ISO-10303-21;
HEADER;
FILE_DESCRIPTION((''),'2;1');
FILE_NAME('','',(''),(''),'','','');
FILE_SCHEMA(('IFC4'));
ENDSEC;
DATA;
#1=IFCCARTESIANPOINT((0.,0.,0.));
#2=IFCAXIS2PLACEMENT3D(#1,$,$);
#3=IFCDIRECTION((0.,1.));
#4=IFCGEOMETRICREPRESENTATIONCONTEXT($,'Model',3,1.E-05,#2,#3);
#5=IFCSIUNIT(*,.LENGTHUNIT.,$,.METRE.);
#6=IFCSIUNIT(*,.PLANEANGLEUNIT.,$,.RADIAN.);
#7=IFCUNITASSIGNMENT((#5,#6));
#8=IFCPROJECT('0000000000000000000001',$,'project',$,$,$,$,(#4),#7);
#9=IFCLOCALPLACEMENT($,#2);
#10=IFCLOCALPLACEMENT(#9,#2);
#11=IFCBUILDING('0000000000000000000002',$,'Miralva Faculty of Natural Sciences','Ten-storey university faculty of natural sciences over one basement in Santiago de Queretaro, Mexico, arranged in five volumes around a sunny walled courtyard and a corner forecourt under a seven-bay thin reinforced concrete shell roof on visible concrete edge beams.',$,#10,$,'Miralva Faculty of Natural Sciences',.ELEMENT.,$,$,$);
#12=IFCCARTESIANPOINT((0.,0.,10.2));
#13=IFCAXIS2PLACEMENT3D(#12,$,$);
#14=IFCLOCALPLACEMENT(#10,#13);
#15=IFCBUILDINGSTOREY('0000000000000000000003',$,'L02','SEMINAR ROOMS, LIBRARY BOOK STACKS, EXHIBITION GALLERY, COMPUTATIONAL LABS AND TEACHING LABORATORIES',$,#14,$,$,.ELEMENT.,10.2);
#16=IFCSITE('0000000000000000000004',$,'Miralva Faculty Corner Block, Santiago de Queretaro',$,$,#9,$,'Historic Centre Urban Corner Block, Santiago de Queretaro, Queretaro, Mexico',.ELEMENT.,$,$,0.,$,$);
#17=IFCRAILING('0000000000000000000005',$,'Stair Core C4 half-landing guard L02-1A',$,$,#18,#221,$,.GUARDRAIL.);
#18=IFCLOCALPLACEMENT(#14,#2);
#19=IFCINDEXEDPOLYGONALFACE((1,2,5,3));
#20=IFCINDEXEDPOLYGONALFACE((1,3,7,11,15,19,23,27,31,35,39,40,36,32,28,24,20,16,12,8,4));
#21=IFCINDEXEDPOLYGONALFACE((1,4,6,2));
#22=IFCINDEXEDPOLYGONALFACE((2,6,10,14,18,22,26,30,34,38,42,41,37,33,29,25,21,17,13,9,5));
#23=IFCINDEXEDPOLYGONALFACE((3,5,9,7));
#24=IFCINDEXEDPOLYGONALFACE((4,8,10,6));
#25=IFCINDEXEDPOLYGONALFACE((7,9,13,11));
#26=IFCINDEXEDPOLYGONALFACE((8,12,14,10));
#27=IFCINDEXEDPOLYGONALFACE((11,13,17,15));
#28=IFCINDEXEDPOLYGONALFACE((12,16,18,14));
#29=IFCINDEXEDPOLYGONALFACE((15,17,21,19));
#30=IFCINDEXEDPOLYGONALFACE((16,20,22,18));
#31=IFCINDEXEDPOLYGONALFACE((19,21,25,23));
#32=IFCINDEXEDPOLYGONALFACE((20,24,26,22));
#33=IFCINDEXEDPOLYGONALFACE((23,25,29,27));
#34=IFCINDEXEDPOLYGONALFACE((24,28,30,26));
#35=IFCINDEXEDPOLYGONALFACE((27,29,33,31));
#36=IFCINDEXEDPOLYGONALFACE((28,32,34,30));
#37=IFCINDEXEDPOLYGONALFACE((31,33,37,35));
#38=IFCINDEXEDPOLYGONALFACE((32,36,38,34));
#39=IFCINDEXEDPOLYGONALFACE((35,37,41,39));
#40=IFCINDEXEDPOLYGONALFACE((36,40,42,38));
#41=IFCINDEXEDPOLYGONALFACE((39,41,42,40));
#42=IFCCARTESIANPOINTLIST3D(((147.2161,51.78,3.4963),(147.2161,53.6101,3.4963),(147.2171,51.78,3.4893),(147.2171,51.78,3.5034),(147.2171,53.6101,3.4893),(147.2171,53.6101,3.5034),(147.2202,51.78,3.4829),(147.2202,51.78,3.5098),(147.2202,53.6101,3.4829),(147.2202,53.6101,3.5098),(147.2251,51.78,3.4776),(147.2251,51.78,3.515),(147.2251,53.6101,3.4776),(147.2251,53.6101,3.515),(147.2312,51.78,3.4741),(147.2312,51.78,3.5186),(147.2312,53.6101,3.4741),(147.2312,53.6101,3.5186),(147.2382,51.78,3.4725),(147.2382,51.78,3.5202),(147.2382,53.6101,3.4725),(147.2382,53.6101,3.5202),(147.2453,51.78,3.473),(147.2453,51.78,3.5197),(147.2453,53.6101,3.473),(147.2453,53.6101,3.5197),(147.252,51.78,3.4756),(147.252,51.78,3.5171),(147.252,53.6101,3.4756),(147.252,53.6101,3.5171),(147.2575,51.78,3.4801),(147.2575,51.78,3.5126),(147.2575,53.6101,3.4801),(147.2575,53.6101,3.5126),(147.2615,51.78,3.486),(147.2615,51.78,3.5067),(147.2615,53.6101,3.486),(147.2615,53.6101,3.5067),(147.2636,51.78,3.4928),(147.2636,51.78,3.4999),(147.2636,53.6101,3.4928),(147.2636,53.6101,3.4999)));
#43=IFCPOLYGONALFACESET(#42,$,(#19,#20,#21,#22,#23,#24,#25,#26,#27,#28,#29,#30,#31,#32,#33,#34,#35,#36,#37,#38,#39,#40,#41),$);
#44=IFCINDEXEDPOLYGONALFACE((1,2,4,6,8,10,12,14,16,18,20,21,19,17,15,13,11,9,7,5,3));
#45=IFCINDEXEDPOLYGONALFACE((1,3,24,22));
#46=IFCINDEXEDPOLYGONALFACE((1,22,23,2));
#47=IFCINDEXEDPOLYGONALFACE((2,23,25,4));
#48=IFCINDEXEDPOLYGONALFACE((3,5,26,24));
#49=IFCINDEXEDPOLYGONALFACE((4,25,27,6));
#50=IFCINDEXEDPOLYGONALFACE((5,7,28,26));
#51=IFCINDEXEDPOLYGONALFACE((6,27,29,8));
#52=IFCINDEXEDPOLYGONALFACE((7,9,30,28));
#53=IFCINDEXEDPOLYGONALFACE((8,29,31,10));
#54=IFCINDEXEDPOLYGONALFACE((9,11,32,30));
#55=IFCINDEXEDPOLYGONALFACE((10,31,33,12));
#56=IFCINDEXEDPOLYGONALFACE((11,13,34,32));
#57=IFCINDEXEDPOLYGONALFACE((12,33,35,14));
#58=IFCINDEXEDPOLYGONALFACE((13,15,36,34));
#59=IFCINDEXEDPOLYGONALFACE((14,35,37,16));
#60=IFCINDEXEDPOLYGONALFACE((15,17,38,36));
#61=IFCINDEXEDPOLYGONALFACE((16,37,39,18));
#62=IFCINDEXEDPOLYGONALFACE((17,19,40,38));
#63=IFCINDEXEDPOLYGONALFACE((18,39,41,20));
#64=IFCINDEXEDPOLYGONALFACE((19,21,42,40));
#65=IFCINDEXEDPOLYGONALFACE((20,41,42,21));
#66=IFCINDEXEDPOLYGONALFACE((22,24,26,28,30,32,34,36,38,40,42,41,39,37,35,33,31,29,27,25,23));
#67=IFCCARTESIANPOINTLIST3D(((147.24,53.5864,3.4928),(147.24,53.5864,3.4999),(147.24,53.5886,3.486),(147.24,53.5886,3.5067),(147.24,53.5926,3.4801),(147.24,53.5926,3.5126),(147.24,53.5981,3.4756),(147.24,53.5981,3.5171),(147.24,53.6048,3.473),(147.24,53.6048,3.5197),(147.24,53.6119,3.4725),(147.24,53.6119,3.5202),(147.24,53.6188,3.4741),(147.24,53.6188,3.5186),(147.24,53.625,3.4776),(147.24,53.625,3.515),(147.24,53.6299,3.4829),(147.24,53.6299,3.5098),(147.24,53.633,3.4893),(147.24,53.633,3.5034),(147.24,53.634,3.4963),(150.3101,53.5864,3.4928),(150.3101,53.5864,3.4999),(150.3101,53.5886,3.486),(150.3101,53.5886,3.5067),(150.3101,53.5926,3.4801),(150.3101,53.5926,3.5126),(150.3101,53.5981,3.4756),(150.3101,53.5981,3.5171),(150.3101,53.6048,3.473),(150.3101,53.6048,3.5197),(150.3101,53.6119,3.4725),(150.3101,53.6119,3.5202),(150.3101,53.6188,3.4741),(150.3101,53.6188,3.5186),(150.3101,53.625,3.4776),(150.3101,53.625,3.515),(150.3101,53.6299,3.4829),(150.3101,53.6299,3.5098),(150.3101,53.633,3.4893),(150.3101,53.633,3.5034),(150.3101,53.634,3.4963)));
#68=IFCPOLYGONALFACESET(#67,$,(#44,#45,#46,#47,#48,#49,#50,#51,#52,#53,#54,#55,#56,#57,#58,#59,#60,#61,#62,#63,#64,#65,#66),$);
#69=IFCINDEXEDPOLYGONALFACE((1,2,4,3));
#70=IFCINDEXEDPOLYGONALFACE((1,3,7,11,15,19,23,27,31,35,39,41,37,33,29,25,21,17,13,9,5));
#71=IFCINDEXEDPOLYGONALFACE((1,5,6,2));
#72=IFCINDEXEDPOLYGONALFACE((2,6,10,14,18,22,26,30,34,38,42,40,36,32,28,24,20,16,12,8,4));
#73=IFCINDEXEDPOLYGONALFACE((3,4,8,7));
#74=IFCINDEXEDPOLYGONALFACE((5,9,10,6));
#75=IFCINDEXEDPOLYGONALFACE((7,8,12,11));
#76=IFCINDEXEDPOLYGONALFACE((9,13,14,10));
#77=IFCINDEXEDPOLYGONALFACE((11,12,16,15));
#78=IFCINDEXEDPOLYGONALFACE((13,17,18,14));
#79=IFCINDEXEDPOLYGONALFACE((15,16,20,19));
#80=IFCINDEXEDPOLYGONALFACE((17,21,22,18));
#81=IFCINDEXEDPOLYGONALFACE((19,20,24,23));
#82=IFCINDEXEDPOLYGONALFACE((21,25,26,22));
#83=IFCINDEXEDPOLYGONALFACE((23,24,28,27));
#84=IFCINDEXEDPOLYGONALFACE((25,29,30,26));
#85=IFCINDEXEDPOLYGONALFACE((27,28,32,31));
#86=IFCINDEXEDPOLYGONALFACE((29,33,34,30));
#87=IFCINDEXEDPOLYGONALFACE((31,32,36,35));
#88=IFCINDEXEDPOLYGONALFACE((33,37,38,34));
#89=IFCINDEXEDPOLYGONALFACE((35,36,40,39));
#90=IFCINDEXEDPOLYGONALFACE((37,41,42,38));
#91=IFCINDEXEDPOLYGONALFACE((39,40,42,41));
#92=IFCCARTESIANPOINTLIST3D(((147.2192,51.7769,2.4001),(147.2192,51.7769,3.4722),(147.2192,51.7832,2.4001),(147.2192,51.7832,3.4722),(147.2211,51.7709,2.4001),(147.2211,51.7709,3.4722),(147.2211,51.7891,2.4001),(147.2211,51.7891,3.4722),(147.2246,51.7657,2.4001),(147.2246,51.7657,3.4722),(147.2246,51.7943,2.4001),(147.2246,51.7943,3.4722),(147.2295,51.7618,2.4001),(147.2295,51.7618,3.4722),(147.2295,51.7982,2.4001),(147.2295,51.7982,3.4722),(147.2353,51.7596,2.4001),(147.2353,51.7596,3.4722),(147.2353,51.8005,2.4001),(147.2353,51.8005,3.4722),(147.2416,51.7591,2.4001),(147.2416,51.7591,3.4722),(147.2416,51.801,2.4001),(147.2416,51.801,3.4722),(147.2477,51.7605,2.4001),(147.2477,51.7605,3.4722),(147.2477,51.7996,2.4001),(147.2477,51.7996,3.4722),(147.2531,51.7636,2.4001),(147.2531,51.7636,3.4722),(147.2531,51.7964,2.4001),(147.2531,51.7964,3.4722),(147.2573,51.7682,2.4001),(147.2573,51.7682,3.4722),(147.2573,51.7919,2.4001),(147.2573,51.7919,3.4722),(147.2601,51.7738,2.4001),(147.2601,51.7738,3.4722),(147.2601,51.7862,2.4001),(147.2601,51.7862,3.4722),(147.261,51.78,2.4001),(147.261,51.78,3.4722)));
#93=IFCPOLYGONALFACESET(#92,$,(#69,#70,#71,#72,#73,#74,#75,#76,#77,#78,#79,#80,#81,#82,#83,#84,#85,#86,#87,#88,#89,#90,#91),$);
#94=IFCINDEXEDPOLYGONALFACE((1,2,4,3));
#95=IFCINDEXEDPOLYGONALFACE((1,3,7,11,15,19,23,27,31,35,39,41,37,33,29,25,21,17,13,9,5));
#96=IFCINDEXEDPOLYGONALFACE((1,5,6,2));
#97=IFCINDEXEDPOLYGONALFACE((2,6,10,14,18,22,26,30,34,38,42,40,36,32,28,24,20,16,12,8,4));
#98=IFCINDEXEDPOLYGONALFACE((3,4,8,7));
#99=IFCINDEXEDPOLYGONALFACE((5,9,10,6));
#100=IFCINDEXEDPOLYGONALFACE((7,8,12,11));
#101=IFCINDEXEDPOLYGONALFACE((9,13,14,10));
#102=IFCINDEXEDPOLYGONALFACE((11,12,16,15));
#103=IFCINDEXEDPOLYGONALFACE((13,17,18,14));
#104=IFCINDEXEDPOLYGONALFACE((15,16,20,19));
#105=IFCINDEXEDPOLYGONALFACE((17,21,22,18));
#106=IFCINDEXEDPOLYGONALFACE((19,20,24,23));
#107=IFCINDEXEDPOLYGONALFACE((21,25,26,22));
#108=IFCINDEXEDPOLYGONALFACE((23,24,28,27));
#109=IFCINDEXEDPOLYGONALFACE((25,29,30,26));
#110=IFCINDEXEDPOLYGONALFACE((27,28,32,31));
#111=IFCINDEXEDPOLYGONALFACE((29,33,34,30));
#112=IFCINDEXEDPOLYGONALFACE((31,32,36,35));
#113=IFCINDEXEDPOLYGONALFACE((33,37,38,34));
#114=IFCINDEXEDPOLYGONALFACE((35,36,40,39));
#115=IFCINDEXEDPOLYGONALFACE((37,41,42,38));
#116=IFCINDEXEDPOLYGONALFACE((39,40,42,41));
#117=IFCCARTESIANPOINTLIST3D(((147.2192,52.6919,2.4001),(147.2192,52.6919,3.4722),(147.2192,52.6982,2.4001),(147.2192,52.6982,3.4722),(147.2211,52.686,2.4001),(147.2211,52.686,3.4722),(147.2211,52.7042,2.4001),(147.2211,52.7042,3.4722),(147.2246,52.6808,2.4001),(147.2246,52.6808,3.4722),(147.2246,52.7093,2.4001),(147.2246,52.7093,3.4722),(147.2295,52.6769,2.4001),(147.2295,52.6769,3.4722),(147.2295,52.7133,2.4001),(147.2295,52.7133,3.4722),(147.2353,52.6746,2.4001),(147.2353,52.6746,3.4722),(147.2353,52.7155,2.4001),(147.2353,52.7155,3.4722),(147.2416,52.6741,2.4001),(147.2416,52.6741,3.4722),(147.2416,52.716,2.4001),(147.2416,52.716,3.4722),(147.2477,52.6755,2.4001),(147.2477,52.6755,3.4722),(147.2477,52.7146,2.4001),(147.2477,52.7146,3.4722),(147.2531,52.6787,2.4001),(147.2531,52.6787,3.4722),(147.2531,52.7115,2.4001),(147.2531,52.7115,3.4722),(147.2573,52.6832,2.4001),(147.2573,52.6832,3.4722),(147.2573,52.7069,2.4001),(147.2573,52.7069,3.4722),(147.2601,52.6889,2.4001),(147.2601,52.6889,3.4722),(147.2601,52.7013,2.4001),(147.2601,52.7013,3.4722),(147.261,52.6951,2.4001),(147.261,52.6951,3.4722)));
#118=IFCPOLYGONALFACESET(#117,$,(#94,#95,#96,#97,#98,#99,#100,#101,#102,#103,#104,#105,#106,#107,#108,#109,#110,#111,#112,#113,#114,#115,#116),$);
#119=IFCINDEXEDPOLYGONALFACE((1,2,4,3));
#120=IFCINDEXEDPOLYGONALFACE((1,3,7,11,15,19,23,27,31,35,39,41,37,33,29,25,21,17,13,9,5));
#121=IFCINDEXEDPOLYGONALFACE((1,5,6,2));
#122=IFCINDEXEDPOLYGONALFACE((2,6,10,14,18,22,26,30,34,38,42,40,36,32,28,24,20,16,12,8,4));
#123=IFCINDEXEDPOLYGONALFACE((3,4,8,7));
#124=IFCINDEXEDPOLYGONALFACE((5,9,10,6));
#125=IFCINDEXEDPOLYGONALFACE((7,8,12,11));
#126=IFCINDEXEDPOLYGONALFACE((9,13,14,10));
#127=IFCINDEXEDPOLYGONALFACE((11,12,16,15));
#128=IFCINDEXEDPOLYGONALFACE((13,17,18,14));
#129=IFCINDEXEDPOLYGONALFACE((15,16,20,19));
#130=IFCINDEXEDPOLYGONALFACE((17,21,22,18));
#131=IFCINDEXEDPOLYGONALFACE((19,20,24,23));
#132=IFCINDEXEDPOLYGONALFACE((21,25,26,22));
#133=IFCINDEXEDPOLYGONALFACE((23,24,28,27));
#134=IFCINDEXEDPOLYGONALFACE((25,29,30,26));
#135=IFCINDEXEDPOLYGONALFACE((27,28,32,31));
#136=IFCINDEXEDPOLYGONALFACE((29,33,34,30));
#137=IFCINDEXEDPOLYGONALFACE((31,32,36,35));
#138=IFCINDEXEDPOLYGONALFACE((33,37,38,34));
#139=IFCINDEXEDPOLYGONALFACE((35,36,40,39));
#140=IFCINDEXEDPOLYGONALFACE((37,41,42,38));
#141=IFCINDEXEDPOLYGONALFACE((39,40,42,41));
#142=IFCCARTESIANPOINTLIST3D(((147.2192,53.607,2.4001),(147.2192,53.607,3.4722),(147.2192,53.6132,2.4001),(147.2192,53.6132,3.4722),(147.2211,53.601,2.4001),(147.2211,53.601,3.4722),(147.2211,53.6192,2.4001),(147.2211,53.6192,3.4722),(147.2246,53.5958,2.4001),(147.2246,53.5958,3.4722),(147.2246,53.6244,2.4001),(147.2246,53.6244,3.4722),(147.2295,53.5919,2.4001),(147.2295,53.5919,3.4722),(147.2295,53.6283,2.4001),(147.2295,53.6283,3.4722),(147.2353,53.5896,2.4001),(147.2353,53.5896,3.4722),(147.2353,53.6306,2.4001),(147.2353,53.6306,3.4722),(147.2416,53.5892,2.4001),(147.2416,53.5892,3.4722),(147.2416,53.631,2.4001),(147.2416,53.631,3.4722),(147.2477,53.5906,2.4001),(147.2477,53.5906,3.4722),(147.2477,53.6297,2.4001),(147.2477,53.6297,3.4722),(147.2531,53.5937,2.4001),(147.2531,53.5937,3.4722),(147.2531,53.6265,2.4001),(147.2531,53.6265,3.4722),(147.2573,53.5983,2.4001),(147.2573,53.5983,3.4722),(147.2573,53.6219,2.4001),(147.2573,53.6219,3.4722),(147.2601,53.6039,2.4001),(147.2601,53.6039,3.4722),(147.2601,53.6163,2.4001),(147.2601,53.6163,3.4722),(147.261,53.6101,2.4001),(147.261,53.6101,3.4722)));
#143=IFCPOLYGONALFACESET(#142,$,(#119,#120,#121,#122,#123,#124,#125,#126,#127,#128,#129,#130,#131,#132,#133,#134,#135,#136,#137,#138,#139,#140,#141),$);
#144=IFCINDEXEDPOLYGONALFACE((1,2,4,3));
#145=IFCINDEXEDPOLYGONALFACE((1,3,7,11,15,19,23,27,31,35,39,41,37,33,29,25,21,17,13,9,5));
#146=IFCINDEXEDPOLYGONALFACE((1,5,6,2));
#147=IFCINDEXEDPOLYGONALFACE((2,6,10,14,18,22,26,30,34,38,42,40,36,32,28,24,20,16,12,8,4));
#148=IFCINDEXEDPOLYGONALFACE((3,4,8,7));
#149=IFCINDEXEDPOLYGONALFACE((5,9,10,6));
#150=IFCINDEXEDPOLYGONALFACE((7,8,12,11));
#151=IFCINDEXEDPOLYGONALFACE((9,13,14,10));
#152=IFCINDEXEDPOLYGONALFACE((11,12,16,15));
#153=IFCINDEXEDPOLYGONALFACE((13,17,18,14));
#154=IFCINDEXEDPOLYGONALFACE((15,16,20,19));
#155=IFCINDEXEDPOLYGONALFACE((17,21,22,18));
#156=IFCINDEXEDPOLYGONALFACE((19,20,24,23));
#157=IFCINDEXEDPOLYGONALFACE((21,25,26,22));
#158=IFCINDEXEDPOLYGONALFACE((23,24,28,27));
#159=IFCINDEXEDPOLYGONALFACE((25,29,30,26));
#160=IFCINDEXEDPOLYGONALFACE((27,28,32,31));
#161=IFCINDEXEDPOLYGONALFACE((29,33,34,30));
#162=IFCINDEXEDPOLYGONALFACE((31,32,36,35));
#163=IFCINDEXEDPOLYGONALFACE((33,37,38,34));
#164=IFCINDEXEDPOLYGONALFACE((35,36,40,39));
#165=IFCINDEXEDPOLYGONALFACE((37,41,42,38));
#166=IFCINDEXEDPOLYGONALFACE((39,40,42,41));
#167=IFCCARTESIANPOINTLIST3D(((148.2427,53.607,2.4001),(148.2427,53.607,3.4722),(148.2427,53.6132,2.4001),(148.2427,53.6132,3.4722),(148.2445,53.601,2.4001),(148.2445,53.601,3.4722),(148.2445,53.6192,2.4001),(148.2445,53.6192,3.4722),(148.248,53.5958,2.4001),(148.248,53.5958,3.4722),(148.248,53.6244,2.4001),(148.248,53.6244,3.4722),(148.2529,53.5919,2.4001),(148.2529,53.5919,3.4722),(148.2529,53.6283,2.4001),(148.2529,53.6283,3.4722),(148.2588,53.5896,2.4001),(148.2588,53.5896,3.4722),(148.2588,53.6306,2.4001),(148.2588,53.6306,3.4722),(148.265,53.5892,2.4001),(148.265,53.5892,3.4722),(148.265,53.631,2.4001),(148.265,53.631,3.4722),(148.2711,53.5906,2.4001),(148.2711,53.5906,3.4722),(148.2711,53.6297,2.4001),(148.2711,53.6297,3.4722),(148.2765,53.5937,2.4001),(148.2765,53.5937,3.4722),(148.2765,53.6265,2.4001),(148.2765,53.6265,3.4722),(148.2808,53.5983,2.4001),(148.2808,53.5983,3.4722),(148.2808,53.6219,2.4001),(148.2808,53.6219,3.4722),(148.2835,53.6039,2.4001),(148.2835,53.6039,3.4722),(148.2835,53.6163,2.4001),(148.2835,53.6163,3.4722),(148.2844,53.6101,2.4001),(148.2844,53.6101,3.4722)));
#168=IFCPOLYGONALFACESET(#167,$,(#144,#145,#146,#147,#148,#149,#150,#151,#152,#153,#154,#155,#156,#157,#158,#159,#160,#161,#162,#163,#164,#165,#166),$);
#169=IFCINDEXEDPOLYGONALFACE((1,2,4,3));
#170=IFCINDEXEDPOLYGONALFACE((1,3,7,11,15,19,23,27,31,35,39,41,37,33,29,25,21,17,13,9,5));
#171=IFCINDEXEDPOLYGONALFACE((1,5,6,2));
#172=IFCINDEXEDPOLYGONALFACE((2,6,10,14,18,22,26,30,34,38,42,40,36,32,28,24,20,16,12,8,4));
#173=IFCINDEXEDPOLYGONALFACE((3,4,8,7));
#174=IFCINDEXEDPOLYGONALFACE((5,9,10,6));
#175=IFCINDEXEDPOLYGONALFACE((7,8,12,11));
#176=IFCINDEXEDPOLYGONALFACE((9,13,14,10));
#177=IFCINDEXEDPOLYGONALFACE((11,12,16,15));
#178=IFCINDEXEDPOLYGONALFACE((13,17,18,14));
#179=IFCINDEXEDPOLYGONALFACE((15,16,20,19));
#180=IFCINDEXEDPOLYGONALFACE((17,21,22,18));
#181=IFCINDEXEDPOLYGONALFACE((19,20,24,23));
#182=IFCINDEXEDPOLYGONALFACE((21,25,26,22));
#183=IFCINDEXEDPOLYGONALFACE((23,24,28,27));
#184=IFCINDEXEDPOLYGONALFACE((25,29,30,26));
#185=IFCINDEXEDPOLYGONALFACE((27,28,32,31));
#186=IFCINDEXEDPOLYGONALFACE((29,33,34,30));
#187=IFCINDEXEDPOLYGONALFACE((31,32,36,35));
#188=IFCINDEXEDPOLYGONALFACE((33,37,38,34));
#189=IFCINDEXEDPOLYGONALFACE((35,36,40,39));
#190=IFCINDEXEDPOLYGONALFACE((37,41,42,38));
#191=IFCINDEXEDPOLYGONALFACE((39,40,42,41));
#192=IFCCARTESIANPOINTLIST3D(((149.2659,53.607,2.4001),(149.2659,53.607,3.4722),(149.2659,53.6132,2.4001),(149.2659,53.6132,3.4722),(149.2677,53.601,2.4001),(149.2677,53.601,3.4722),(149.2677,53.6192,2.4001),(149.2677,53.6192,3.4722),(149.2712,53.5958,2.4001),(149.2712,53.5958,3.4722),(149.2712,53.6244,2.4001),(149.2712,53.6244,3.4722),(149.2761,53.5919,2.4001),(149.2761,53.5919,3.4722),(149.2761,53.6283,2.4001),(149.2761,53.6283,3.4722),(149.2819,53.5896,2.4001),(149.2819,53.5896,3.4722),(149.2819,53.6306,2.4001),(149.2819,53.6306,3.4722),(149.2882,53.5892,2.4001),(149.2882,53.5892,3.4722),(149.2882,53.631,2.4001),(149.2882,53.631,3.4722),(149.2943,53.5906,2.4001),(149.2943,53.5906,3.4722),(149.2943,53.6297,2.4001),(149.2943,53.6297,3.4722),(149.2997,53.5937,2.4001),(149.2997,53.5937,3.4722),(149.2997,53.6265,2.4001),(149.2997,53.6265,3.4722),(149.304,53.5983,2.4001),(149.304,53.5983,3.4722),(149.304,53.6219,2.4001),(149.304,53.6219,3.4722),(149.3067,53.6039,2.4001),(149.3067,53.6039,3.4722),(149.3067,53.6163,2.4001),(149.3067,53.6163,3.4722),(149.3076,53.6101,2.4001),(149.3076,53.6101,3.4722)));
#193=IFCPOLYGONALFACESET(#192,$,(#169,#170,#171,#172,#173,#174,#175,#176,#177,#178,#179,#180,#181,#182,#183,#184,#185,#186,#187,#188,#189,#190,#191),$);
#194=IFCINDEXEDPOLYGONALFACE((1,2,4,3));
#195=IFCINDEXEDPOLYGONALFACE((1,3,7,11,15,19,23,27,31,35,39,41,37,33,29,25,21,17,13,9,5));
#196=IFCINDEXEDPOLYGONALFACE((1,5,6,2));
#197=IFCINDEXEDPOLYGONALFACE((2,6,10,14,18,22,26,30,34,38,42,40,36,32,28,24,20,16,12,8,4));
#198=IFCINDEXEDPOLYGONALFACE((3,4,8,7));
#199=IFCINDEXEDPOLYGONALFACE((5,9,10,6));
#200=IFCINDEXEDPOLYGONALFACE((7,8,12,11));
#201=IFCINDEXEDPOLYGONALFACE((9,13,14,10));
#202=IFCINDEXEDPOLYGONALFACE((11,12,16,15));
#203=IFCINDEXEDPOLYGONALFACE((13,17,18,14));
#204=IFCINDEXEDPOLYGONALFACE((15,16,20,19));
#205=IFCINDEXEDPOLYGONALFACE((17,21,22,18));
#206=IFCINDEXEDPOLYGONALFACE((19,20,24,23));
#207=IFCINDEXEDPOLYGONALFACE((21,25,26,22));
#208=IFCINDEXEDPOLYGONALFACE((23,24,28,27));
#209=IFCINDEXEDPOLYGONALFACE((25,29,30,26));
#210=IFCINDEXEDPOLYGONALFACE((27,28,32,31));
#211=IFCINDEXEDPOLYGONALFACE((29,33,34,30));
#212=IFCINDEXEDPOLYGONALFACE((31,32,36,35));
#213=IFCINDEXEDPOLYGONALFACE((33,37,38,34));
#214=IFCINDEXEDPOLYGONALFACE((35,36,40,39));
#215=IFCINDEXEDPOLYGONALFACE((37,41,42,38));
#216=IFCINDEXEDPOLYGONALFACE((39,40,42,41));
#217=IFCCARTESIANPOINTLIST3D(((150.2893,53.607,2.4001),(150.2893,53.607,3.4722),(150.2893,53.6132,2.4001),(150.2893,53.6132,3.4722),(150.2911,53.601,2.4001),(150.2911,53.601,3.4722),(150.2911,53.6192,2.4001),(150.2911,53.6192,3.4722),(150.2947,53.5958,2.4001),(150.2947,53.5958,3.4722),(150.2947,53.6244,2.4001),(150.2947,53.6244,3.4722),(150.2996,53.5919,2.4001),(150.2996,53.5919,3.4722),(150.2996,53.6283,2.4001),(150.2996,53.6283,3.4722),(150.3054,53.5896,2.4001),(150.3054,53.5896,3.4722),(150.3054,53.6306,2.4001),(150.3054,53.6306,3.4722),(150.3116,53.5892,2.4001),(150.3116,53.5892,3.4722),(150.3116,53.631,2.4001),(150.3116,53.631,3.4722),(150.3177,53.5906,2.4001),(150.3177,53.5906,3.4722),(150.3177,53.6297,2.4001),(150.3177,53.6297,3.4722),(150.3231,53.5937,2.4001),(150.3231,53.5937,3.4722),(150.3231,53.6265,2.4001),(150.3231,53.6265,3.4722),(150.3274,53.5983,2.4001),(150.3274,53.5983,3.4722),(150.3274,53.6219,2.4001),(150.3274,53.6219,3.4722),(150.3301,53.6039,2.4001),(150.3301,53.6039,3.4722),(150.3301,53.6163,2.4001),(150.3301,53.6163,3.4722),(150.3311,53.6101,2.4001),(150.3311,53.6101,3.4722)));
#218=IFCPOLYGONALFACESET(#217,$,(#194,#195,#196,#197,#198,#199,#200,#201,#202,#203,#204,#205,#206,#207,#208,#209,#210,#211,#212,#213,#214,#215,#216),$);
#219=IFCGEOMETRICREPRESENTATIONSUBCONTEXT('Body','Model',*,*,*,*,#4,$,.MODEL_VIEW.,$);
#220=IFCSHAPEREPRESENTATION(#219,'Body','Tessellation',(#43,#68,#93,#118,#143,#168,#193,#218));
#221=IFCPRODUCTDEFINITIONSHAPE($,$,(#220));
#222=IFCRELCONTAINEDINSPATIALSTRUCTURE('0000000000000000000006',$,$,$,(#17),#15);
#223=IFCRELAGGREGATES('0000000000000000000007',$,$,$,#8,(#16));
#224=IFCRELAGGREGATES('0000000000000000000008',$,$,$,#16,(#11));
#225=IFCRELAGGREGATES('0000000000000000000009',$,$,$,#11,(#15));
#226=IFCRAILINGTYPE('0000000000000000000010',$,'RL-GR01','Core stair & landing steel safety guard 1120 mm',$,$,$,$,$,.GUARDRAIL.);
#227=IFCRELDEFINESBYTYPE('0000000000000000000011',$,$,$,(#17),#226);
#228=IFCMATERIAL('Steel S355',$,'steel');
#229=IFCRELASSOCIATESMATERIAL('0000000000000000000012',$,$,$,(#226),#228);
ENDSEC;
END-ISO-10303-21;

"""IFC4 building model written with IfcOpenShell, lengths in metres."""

from ifc_helpers import new_model, si_unit, direction, frame, origin, origin_2d, place, context, subcontext, project, spatial, circle, extrude, material, type_object, element, save


model = new_model("IFC4")

# Units and contexts
model_context = context("Model", 3, precision=1e-05, world=origin(), true_north=direction((0.0, 1.0)))
body_context = subcontext(model_context, "Body", "Model", "MODEL_VIEW")
ifc_project = project(units=[si_unit("LENGTHUNIT", "METRE"), si_unit("PLANEANGLEUNIT", "RADIAN")], contexts=[model_context])

# Site, building, storey
site_placement = place(None, origin())
site = spatial("IfcSite", under=ifc_project, at=site_placement, Name="Miralva Faculty Corner Block, Santiago de Queretaro", LongName="Historic Centre Urban Corner Block, Santiago de Queretaro, Queretaro, Mexico", CompositionType="ELEMENT", RefElevation=0.0)
building_placement = place(site_placement, origin())
building = spatial("IfcBuilding", under=site, at=building_placement, Name="Miralva Faculty of Natural Sciences", Description="Ten-storey university faculty of natural sciences over one basement in Santiago de Queretaro, Mexico, arranged in five volumes around a sunny walled courtyard and a corner forecourt under a seven-bay thin reinforced concrete shell roof on visible concrete edge beams.", LongName="Miralva Faculty of Natural Sciences", CompositionType="ELEMENT")
storey_placement = place(building_placement, frame((0.0, 0.0, 10.2)))
storey = spatial("IfcBuildingStorey", under=building, at=storey_placement, Name="L02", Description="SEMINAR ROOMS, LIBRARY BOOK STACKS, EXHIBITION GALLERY, COMPUTATIONAL LABS AND TEACHING LABORATORIES", CompositionType="ELEMENT", Elevation=10.2)

# Railing
ifc_material_1 = material(Name="Steel S355", Category="steel")
railing_type_1 = type_object("IfcRailingType", Name="RL-GR01", Description="Core stair & landing steel safety guard 1120 mm", PredefinedType="GUARDRAIL", material=ifc_material_1)
railing_1_placement = place(storey_placement, frame((147.24, 51.78, 2.4001)))
element("IfcRailing", 1, at=railing_1_placement, inside=storey, type_object=railing_type_1, Name="Stair Core C4 half-landing guard L02-1A", PredefinedType="GUARDRAIL", context=body_context, shape_type="SweptSolid", body=[
    extrude(circle(Radius=0.0239, at=origin_2d()), frame((0.0, 0.0, 1.0962), z_axis=(0.0, 1.0, 0.0), x_axis=(-1.0, 0.0, 0.0)), (0.0, 0.0, 1.0), 1.8301),
    extrude(circle(Radius=0.0239, at=origin_2d()), frame((0.0, 1.8301, 1.0962), z_axis=(1.0, 0.0, 0.0), x_axis=(0.0, 1.0, 0.0)), (0.0, 0.0, 1.0), 3.0701),
    extrude(circle(Radius=0.021, at=origin_2d()), origin(), (0.0, 0.0, 1.0), 1.072),
    extrude(circle(Radius=0.021, at=origin_2d()), frame((0.0, 0.915, 0.0)), (0.0, 0.0, 1.0), 1.072),
    extrude(circle(Radius=0.021, at=origin_2d()), frame((0.0, 1.8301, 0.0)), (0.0, 0.0, 1.0), 1.072),
    extrude(circle(Radius=0.021, at=origin_2d()), frame((1.0234, 1.8301, 0.0)), (0.0, 0.0, 1.0), 1.072),
    extrude(circle(Radius=0.021, at=origin_2d()), frame((2.0466, 1.8301, 0.0)), (0.0, 0.0, 1.0), 1.072),
    extrude(circle(Radius=0.021, at=origin_2d()), frame((3.0701, 1.8301, 0.0)), (0.0, 0.0, 1.0), 1.072),
])

save(model, "model.ifc")
